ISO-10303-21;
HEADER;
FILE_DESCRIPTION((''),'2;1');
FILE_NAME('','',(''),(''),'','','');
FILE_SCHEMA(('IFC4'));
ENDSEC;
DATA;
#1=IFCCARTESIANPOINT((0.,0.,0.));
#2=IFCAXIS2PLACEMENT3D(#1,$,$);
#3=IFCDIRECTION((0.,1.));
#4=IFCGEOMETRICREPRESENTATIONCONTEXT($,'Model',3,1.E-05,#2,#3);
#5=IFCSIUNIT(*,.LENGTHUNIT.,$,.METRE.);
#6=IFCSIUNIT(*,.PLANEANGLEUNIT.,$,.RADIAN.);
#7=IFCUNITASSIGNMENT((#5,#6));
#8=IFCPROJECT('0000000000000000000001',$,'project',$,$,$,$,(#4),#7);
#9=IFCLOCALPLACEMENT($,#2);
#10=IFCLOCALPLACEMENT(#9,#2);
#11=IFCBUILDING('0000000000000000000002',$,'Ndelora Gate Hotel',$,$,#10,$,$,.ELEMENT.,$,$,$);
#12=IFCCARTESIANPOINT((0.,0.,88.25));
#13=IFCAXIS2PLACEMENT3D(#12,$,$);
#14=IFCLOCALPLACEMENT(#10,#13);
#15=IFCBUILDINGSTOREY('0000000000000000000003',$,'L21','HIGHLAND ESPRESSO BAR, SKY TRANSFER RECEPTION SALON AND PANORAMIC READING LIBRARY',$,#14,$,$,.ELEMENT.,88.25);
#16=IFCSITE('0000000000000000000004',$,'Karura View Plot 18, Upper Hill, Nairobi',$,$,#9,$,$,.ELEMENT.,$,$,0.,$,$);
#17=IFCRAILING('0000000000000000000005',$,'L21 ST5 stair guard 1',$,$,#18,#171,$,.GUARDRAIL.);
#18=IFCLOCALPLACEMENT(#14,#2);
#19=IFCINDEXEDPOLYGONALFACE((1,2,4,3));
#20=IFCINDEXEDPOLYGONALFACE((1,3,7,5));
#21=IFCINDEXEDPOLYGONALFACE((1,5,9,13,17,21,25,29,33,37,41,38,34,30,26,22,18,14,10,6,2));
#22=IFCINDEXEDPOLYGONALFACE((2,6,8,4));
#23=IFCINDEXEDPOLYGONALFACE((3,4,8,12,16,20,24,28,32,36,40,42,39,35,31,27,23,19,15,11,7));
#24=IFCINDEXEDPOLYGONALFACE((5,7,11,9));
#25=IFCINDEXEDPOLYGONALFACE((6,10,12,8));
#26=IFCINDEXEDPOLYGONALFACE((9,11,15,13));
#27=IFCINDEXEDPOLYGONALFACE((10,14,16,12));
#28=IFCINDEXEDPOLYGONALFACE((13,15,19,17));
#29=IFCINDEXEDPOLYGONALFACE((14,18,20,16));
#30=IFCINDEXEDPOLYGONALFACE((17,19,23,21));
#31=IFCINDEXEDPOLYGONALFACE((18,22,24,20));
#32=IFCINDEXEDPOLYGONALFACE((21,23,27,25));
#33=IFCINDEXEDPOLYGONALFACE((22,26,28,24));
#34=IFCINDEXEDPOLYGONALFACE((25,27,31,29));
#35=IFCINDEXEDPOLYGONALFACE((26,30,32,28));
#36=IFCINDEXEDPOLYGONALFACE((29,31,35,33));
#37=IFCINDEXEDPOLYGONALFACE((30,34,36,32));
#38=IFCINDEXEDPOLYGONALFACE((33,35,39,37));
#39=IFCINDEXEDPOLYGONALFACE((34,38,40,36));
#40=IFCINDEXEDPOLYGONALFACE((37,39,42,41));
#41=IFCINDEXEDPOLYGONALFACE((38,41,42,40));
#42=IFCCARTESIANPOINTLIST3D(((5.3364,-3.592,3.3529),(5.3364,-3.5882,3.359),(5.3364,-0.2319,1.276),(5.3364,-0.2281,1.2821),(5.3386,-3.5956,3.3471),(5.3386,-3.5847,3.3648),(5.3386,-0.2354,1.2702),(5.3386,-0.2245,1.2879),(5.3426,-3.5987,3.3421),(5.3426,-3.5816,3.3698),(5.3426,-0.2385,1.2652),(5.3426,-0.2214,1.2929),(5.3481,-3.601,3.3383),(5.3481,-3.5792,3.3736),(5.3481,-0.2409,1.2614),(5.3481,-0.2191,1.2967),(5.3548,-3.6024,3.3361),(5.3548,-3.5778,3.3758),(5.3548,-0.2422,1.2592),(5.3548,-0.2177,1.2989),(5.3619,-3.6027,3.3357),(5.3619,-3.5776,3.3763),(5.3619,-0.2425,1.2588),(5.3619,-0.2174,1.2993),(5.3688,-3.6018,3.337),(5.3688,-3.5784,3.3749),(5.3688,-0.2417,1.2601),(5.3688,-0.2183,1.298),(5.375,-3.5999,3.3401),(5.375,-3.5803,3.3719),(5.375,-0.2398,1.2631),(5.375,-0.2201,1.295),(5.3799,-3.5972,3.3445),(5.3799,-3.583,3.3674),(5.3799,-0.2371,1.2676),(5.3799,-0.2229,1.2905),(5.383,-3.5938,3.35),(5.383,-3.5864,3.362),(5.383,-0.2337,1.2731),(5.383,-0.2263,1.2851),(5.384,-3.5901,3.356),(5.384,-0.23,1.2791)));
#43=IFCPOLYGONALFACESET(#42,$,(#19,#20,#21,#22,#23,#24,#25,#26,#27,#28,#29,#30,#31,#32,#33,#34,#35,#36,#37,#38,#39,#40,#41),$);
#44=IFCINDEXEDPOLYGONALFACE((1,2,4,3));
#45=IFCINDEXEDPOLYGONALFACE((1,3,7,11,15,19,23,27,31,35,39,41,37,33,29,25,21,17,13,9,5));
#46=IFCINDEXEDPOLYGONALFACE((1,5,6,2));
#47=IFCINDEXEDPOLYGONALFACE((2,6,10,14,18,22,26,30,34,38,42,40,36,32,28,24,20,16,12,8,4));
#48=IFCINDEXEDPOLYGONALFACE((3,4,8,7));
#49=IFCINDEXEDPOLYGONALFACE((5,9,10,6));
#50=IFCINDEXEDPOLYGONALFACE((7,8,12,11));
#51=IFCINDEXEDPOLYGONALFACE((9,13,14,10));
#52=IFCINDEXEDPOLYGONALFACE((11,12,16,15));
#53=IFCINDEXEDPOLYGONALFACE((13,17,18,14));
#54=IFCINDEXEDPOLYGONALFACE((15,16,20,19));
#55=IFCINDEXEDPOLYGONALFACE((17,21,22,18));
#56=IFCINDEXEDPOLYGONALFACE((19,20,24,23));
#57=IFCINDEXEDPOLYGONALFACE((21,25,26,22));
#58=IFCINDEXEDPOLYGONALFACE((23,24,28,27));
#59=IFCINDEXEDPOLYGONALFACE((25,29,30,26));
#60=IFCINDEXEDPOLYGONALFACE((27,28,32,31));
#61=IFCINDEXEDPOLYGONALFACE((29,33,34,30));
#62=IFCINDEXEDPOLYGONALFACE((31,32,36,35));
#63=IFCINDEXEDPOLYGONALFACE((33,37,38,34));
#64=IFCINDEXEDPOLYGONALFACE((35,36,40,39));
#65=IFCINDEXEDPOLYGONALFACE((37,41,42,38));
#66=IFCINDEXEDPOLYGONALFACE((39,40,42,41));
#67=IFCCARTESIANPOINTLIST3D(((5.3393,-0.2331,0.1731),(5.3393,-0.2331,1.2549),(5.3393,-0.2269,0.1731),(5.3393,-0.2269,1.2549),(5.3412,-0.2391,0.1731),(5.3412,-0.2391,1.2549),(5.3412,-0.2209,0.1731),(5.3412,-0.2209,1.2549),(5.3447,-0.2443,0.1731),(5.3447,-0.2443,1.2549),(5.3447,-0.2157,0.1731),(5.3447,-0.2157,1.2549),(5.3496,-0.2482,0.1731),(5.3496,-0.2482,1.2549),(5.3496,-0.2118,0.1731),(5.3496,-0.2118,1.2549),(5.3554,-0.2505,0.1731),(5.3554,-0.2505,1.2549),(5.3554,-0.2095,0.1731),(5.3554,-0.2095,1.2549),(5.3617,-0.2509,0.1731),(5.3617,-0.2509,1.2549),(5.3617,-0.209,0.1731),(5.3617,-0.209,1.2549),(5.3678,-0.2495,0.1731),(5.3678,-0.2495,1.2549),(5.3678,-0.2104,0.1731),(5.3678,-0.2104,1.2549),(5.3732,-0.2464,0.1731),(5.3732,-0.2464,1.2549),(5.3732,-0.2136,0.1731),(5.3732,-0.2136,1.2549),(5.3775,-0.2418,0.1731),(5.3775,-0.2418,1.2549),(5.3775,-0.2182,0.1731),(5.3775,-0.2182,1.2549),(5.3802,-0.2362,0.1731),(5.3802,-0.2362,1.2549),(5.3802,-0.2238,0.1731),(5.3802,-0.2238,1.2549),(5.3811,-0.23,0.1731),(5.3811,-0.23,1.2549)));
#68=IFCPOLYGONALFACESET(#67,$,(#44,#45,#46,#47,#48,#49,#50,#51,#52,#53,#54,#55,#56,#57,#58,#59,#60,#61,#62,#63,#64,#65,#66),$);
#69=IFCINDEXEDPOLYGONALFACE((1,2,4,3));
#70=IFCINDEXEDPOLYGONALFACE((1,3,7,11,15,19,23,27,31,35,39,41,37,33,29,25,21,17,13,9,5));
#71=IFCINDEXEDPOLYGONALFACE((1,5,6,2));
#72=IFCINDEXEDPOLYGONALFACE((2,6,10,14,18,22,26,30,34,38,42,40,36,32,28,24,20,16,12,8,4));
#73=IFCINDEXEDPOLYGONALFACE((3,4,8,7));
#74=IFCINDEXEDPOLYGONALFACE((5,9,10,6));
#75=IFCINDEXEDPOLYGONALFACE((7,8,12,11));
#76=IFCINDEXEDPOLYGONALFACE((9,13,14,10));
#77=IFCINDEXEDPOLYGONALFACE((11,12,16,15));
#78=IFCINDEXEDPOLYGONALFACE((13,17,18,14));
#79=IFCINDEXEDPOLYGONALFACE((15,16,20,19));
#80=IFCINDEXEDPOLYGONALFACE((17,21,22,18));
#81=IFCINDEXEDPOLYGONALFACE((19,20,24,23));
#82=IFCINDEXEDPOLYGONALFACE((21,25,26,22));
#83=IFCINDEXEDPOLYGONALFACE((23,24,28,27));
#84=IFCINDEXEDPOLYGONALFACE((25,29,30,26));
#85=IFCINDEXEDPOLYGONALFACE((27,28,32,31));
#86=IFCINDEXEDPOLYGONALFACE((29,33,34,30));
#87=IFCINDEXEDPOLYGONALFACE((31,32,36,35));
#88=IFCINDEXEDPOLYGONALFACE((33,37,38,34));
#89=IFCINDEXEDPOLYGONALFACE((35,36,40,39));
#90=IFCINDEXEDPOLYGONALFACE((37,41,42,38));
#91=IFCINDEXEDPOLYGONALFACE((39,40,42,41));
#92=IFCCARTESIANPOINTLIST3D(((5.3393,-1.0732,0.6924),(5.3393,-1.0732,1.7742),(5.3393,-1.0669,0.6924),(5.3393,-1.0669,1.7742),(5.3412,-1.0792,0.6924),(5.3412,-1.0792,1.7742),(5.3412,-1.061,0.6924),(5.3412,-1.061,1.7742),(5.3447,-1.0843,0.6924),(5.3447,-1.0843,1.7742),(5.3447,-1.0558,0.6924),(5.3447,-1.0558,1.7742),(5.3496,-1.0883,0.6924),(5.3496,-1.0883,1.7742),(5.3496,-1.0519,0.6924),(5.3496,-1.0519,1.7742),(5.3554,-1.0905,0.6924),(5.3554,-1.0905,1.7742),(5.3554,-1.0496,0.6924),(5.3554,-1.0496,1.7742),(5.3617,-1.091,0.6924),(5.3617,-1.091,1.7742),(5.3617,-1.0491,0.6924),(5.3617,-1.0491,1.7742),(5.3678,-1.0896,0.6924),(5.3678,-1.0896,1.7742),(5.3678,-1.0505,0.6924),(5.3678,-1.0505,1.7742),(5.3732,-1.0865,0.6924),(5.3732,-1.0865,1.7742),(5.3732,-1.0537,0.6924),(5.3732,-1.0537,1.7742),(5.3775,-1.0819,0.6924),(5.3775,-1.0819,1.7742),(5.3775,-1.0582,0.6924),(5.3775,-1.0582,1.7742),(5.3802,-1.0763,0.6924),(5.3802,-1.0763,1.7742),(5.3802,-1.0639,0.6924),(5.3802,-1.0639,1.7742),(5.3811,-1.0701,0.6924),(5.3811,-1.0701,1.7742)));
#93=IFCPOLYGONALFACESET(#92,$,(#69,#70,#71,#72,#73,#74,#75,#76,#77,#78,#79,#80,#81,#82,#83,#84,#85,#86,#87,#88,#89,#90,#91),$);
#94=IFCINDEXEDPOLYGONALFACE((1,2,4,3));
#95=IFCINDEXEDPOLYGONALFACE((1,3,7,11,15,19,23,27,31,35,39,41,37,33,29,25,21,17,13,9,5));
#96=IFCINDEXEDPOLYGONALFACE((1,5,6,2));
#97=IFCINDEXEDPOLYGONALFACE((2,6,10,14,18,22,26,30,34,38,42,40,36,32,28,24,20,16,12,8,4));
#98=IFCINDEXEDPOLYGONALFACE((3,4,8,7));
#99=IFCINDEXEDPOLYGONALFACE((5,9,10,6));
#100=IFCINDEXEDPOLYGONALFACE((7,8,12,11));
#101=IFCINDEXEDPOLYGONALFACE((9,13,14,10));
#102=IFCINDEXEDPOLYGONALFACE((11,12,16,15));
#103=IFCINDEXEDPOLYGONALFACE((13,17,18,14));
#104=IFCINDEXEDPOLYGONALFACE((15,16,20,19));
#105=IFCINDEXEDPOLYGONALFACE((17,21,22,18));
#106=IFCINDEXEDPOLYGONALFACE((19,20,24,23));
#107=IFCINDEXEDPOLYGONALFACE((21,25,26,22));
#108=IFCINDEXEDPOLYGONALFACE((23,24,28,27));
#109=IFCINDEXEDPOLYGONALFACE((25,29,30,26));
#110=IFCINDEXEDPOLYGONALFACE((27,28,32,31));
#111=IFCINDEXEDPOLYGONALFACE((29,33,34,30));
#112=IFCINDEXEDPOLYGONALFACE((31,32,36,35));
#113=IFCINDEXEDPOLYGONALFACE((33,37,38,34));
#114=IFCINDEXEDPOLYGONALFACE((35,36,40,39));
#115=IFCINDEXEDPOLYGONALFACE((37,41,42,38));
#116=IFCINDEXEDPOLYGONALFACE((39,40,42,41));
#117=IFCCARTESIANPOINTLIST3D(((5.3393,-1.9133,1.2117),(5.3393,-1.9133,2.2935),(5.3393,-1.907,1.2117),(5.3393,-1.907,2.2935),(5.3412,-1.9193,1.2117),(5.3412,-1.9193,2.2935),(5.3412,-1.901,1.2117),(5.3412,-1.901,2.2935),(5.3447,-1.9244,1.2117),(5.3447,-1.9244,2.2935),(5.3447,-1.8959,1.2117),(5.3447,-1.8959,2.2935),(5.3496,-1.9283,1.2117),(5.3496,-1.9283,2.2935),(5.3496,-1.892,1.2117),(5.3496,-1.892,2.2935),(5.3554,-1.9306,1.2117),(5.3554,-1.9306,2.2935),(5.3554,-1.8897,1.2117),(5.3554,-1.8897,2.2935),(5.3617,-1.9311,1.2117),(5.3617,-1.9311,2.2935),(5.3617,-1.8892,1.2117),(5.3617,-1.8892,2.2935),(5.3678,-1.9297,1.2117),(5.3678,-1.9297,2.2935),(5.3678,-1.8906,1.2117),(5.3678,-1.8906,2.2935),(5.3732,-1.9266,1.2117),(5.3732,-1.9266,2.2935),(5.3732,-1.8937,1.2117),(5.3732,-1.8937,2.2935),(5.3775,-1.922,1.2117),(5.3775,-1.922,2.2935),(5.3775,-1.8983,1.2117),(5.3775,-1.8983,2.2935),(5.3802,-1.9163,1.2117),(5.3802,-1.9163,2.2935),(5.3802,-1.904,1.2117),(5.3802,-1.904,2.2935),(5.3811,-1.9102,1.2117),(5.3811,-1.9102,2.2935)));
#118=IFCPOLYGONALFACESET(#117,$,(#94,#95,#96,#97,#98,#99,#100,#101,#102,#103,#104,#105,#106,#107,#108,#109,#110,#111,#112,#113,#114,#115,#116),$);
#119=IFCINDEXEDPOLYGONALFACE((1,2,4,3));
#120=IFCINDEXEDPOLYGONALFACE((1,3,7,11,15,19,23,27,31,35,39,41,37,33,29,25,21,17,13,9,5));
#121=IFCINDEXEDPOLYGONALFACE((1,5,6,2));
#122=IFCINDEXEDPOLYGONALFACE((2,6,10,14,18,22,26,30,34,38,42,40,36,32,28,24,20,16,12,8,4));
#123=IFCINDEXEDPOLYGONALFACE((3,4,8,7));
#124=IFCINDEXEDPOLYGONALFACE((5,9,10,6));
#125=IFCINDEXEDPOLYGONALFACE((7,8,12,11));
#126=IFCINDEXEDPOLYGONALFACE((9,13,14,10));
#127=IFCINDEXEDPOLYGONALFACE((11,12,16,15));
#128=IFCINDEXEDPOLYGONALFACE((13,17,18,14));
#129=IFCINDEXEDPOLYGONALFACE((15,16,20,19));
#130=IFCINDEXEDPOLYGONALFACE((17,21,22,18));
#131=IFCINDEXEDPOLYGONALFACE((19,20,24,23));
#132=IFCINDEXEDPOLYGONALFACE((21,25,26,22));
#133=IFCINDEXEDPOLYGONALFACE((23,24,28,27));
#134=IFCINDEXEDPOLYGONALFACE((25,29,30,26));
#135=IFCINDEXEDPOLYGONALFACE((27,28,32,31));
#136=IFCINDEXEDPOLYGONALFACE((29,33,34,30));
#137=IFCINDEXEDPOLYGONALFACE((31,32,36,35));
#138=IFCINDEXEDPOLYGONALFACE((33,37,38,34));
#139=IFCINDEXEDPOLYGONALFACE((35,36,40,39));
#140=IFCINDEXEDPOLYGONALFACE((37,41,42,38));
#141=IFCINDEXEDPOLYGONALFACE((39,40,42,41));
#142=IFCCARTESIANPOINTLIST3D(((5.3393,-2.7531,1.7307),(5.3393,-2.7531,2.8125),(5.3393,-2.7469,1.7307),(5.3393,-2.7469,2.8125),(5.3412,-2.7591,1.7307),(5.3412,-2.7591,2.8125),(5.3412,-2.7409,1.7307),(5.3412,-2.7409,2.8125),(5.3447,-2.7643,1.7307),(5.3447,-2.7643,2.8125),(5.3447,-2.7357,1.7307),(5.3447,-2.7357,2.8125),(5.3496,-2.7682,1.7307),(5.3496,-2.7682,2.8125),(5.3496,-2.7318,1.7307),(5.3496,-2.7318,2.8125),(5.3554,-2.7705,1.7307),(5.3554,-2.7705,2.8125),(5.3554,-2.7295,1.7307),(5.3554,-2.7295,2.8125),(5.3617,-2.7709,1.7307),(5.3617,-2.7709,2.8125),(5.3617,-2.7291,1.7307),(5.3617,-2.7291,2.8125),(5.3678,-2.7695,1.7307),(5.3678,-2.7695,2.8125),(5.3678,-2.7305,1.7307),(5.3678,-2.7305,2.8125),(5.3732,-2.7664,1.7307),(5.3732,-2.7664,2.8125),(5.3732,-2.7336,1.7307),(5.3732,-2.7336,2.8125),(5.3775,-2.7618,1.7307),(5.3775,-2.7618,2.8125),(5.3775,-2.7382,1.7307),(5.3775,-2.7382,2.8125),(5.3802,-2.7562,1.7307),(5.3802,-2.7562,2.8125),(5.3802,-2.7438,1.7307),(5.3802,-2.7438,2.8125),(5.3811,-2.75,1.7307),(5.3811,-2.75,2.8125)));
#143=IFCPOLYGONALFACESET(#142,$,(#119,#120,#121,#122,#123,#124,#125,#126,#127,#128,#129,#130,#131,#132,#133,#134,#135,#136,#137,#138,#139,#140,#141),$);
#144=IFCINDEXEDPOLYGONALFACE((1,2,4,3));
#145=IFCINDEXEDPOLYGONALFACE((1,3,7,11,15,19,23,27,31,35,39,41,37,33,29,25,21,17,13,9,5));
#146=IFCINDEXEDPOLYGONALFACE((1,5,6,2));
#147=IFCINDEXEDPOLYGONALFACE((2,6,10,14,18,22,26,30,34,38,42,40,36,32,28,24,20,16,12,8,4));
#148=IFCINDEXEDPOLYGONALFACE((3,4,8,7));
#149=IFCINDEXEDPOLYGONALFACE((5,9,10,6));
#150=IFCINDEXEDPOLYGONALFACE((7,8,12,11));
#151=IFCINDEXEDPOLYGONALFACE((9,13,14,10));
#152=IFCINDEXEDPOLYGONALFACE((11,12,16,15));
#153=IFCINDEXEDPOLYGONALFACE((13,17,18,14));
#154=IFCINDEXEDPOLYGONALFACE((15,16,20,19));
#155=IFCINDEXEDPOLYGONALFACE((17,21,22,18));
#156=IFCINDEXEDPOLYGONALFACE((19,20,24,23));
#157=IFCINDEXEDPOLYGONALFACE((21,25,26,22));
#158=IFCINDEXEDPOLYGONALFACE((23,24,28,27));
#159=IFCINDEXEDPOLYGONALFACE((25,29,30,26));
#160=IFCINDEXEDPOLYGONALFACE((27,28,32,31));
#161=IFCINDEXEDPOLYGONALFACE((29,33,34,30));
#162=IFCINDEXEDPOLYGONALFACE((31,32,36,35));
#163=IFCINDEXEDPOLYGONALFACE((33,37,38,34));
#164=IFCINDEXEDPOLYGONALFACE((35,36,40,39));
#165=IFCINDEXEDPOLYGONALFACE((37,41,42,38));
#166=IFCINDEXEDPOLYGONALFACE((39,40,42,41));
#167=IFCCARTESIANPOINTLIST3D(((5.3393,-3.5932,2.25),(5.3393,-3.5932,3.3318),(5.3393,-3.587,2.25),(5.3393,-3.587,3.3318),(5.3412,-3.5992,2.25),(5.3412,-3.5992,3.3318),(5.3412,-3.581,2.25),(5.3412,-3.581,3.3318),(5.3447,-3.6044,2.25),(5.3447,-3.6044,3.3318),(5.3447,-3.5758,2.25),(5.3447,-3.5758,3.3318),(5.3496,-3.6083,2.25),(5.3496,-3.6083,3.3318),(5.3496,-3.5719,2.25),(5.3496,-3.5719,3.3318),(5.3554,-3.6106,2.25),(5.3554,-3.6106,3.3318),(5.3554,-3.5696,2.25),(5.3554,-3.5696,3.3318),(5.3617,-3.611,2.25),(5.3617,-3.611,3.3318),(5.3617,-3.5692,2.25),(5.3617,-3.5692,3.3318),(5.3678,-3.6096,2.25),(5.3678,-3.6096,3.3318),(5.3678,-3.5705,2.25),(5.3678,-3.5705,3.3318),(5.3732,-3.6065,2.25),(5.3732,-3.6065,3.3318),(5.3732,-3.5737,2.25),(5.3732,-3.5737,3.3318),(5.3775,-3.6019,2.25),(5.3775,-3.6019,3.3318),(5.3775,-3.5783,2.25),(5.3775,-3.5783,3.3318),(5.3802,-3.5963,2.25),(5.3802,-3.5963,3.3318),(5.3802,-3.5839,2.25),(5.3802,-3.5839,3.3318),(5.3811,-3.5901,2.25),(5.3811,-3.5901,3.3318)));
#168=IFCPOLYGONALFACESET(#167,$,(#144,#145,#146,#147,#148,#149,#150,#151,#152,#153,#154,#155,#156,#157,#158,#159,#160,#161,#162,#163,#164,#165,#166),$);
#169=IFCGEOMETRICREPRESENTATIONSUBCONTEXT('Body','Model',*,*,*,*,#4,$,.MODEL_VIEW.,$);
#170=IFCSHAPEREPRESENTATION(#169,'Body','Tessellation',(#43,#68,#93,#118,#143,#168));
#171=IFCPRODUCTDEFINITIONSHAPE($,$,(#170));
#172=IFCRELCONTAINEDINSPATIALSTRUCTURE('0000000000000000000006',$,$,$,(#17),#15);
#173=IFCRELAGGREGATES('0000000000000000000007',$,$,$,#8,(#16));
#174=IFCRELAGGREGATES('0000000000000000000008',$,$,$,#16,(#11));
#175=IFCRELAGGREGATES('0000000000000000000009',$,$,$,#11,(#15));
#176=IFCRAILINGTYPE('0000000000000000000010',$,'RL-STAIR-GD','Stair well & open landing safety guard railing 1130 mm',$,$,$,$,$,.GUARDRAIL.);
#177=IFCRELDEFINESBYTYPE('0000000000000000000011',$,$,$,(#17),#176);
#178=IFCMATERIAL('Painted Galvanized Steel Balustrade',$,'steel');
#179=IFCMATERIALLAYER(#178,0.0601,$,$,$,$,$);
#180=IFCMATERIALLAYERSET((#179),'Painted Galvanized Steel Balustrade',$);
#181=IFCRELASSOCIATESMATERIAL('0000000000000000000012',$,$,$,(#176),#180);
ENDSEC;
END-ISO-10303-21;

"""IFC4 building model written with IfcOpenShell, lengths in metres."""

from ifc_helpers import new_model, si_unit, direction, frame, origin, origin_2d, place, context, subcontext, project, spatial, circle, extrude, material, layer, layer_set, type_object, element, save


model = new_model("IFC4")

# Units and contexts
model_context = context("Model", 3, precision=1e-05, world=origin(), true_north=direction((0.0, 1.0)))
body_context = subcontext(model_context, "Body", "Model", "MODEL_VIEW")
ifc_project = project(units=[si_unit("LENGTHUNIT", "METRE"), si_unit("PLANEANGLEUNIT", "RADIAN")], contexts=[model_context])

# Site, building, storey
site_placement = place(None, origin())
site = spatial("IfcSite", under=ifc_project, at=site_placement, Name="Karura View Plot 18, Upper Hill, Nairobi", CompositionType="ELEMENT", RefElevation=0.0)
building_placement = place(site_placement, origin())
building = spatial("IfcBuilding", under=site, at=building_placement, Name="Ndelora Gate Hotel", CompositionType="ELEMENT")
storey_placement = place(building_placement, frame((0.0, 0.0, 88.25)))
storey = spatial("IfcBuildingStorey", under=building, at=storey_placement, Name="L21", Description="HIGHLAND ESPRESSO BAR, SKY TRANSFER RECEPTION SALON AND PANORAMIC READING LIBRARY", CompositionType="ELEMENT", Elevation=88.25)

# Railing
ifc_material_1 = material(Name="Painted Galvanized Steel Balustrade", Category="steel")
ifc_layer_1 = layer(ifc_material_1, 0.0601)
ifc_layer_set_1 = layer_set([ifc_layer_1], Name="Painted Galvanized Steel Balustrade")
railing_type_1 = type_object("IfcRailingType", Name="RL-STAIR-GD", Description="Stair well & open landing safety guard railing 1130 mm", PredefinedType="GUARDRAIL", material=ifc_layer_set_1)
railing_1_placement = place(storey_placement, frame((5.3601, -0.23, 0.1731)))
element("IfcRailing", 1, at=railing_1_placement, inside=storey, type_object=railing_type_1, Name="L21 ST5 stair guard 1", PredefinedType="GUARDRAIL", context=body_context, shape_type="SweptSolid", body=[
    extrude(circle(Radius=0.0239, at=origin_2d()), frame((0.0, 0.0, 1.106), z_axis=(0.0, -0.850623, 0.525776), x_axis=(1.0, 0.0, 0.0)), (0.0, 0.0, 1.0), 3.9502),
    extrude(circle(Radius=0.021, at=origin_2d()), origin(), (0.0, 0.0, 1.0), 1.0818),
    extrude(circle(Radius=0.021, at=origin_2d()), frame((0.0, -0.8401, 0.5193)), (0.0, 0.0, 1.0), 1.0818),
    extrude(circle(Radius=0.021, at=origin_2d()), frame((0.0, -1.6802, 1.0386)), (0.0, 0.0, 1.0), 1.0818),
    extrude(circle(Radius=0.021, at=origin_2d()), frame((0.0, -2.52, 1.5576)), (0.0, 0.0, 1.0), 1.0818),
    extrude(circle(Radius=0.021, at=origin_2d()), frame((0.0, -3.3601, 2.0769)), (0.0, 0.0, 1.0), 1.0818),
])

save(model, "model.ifc")
